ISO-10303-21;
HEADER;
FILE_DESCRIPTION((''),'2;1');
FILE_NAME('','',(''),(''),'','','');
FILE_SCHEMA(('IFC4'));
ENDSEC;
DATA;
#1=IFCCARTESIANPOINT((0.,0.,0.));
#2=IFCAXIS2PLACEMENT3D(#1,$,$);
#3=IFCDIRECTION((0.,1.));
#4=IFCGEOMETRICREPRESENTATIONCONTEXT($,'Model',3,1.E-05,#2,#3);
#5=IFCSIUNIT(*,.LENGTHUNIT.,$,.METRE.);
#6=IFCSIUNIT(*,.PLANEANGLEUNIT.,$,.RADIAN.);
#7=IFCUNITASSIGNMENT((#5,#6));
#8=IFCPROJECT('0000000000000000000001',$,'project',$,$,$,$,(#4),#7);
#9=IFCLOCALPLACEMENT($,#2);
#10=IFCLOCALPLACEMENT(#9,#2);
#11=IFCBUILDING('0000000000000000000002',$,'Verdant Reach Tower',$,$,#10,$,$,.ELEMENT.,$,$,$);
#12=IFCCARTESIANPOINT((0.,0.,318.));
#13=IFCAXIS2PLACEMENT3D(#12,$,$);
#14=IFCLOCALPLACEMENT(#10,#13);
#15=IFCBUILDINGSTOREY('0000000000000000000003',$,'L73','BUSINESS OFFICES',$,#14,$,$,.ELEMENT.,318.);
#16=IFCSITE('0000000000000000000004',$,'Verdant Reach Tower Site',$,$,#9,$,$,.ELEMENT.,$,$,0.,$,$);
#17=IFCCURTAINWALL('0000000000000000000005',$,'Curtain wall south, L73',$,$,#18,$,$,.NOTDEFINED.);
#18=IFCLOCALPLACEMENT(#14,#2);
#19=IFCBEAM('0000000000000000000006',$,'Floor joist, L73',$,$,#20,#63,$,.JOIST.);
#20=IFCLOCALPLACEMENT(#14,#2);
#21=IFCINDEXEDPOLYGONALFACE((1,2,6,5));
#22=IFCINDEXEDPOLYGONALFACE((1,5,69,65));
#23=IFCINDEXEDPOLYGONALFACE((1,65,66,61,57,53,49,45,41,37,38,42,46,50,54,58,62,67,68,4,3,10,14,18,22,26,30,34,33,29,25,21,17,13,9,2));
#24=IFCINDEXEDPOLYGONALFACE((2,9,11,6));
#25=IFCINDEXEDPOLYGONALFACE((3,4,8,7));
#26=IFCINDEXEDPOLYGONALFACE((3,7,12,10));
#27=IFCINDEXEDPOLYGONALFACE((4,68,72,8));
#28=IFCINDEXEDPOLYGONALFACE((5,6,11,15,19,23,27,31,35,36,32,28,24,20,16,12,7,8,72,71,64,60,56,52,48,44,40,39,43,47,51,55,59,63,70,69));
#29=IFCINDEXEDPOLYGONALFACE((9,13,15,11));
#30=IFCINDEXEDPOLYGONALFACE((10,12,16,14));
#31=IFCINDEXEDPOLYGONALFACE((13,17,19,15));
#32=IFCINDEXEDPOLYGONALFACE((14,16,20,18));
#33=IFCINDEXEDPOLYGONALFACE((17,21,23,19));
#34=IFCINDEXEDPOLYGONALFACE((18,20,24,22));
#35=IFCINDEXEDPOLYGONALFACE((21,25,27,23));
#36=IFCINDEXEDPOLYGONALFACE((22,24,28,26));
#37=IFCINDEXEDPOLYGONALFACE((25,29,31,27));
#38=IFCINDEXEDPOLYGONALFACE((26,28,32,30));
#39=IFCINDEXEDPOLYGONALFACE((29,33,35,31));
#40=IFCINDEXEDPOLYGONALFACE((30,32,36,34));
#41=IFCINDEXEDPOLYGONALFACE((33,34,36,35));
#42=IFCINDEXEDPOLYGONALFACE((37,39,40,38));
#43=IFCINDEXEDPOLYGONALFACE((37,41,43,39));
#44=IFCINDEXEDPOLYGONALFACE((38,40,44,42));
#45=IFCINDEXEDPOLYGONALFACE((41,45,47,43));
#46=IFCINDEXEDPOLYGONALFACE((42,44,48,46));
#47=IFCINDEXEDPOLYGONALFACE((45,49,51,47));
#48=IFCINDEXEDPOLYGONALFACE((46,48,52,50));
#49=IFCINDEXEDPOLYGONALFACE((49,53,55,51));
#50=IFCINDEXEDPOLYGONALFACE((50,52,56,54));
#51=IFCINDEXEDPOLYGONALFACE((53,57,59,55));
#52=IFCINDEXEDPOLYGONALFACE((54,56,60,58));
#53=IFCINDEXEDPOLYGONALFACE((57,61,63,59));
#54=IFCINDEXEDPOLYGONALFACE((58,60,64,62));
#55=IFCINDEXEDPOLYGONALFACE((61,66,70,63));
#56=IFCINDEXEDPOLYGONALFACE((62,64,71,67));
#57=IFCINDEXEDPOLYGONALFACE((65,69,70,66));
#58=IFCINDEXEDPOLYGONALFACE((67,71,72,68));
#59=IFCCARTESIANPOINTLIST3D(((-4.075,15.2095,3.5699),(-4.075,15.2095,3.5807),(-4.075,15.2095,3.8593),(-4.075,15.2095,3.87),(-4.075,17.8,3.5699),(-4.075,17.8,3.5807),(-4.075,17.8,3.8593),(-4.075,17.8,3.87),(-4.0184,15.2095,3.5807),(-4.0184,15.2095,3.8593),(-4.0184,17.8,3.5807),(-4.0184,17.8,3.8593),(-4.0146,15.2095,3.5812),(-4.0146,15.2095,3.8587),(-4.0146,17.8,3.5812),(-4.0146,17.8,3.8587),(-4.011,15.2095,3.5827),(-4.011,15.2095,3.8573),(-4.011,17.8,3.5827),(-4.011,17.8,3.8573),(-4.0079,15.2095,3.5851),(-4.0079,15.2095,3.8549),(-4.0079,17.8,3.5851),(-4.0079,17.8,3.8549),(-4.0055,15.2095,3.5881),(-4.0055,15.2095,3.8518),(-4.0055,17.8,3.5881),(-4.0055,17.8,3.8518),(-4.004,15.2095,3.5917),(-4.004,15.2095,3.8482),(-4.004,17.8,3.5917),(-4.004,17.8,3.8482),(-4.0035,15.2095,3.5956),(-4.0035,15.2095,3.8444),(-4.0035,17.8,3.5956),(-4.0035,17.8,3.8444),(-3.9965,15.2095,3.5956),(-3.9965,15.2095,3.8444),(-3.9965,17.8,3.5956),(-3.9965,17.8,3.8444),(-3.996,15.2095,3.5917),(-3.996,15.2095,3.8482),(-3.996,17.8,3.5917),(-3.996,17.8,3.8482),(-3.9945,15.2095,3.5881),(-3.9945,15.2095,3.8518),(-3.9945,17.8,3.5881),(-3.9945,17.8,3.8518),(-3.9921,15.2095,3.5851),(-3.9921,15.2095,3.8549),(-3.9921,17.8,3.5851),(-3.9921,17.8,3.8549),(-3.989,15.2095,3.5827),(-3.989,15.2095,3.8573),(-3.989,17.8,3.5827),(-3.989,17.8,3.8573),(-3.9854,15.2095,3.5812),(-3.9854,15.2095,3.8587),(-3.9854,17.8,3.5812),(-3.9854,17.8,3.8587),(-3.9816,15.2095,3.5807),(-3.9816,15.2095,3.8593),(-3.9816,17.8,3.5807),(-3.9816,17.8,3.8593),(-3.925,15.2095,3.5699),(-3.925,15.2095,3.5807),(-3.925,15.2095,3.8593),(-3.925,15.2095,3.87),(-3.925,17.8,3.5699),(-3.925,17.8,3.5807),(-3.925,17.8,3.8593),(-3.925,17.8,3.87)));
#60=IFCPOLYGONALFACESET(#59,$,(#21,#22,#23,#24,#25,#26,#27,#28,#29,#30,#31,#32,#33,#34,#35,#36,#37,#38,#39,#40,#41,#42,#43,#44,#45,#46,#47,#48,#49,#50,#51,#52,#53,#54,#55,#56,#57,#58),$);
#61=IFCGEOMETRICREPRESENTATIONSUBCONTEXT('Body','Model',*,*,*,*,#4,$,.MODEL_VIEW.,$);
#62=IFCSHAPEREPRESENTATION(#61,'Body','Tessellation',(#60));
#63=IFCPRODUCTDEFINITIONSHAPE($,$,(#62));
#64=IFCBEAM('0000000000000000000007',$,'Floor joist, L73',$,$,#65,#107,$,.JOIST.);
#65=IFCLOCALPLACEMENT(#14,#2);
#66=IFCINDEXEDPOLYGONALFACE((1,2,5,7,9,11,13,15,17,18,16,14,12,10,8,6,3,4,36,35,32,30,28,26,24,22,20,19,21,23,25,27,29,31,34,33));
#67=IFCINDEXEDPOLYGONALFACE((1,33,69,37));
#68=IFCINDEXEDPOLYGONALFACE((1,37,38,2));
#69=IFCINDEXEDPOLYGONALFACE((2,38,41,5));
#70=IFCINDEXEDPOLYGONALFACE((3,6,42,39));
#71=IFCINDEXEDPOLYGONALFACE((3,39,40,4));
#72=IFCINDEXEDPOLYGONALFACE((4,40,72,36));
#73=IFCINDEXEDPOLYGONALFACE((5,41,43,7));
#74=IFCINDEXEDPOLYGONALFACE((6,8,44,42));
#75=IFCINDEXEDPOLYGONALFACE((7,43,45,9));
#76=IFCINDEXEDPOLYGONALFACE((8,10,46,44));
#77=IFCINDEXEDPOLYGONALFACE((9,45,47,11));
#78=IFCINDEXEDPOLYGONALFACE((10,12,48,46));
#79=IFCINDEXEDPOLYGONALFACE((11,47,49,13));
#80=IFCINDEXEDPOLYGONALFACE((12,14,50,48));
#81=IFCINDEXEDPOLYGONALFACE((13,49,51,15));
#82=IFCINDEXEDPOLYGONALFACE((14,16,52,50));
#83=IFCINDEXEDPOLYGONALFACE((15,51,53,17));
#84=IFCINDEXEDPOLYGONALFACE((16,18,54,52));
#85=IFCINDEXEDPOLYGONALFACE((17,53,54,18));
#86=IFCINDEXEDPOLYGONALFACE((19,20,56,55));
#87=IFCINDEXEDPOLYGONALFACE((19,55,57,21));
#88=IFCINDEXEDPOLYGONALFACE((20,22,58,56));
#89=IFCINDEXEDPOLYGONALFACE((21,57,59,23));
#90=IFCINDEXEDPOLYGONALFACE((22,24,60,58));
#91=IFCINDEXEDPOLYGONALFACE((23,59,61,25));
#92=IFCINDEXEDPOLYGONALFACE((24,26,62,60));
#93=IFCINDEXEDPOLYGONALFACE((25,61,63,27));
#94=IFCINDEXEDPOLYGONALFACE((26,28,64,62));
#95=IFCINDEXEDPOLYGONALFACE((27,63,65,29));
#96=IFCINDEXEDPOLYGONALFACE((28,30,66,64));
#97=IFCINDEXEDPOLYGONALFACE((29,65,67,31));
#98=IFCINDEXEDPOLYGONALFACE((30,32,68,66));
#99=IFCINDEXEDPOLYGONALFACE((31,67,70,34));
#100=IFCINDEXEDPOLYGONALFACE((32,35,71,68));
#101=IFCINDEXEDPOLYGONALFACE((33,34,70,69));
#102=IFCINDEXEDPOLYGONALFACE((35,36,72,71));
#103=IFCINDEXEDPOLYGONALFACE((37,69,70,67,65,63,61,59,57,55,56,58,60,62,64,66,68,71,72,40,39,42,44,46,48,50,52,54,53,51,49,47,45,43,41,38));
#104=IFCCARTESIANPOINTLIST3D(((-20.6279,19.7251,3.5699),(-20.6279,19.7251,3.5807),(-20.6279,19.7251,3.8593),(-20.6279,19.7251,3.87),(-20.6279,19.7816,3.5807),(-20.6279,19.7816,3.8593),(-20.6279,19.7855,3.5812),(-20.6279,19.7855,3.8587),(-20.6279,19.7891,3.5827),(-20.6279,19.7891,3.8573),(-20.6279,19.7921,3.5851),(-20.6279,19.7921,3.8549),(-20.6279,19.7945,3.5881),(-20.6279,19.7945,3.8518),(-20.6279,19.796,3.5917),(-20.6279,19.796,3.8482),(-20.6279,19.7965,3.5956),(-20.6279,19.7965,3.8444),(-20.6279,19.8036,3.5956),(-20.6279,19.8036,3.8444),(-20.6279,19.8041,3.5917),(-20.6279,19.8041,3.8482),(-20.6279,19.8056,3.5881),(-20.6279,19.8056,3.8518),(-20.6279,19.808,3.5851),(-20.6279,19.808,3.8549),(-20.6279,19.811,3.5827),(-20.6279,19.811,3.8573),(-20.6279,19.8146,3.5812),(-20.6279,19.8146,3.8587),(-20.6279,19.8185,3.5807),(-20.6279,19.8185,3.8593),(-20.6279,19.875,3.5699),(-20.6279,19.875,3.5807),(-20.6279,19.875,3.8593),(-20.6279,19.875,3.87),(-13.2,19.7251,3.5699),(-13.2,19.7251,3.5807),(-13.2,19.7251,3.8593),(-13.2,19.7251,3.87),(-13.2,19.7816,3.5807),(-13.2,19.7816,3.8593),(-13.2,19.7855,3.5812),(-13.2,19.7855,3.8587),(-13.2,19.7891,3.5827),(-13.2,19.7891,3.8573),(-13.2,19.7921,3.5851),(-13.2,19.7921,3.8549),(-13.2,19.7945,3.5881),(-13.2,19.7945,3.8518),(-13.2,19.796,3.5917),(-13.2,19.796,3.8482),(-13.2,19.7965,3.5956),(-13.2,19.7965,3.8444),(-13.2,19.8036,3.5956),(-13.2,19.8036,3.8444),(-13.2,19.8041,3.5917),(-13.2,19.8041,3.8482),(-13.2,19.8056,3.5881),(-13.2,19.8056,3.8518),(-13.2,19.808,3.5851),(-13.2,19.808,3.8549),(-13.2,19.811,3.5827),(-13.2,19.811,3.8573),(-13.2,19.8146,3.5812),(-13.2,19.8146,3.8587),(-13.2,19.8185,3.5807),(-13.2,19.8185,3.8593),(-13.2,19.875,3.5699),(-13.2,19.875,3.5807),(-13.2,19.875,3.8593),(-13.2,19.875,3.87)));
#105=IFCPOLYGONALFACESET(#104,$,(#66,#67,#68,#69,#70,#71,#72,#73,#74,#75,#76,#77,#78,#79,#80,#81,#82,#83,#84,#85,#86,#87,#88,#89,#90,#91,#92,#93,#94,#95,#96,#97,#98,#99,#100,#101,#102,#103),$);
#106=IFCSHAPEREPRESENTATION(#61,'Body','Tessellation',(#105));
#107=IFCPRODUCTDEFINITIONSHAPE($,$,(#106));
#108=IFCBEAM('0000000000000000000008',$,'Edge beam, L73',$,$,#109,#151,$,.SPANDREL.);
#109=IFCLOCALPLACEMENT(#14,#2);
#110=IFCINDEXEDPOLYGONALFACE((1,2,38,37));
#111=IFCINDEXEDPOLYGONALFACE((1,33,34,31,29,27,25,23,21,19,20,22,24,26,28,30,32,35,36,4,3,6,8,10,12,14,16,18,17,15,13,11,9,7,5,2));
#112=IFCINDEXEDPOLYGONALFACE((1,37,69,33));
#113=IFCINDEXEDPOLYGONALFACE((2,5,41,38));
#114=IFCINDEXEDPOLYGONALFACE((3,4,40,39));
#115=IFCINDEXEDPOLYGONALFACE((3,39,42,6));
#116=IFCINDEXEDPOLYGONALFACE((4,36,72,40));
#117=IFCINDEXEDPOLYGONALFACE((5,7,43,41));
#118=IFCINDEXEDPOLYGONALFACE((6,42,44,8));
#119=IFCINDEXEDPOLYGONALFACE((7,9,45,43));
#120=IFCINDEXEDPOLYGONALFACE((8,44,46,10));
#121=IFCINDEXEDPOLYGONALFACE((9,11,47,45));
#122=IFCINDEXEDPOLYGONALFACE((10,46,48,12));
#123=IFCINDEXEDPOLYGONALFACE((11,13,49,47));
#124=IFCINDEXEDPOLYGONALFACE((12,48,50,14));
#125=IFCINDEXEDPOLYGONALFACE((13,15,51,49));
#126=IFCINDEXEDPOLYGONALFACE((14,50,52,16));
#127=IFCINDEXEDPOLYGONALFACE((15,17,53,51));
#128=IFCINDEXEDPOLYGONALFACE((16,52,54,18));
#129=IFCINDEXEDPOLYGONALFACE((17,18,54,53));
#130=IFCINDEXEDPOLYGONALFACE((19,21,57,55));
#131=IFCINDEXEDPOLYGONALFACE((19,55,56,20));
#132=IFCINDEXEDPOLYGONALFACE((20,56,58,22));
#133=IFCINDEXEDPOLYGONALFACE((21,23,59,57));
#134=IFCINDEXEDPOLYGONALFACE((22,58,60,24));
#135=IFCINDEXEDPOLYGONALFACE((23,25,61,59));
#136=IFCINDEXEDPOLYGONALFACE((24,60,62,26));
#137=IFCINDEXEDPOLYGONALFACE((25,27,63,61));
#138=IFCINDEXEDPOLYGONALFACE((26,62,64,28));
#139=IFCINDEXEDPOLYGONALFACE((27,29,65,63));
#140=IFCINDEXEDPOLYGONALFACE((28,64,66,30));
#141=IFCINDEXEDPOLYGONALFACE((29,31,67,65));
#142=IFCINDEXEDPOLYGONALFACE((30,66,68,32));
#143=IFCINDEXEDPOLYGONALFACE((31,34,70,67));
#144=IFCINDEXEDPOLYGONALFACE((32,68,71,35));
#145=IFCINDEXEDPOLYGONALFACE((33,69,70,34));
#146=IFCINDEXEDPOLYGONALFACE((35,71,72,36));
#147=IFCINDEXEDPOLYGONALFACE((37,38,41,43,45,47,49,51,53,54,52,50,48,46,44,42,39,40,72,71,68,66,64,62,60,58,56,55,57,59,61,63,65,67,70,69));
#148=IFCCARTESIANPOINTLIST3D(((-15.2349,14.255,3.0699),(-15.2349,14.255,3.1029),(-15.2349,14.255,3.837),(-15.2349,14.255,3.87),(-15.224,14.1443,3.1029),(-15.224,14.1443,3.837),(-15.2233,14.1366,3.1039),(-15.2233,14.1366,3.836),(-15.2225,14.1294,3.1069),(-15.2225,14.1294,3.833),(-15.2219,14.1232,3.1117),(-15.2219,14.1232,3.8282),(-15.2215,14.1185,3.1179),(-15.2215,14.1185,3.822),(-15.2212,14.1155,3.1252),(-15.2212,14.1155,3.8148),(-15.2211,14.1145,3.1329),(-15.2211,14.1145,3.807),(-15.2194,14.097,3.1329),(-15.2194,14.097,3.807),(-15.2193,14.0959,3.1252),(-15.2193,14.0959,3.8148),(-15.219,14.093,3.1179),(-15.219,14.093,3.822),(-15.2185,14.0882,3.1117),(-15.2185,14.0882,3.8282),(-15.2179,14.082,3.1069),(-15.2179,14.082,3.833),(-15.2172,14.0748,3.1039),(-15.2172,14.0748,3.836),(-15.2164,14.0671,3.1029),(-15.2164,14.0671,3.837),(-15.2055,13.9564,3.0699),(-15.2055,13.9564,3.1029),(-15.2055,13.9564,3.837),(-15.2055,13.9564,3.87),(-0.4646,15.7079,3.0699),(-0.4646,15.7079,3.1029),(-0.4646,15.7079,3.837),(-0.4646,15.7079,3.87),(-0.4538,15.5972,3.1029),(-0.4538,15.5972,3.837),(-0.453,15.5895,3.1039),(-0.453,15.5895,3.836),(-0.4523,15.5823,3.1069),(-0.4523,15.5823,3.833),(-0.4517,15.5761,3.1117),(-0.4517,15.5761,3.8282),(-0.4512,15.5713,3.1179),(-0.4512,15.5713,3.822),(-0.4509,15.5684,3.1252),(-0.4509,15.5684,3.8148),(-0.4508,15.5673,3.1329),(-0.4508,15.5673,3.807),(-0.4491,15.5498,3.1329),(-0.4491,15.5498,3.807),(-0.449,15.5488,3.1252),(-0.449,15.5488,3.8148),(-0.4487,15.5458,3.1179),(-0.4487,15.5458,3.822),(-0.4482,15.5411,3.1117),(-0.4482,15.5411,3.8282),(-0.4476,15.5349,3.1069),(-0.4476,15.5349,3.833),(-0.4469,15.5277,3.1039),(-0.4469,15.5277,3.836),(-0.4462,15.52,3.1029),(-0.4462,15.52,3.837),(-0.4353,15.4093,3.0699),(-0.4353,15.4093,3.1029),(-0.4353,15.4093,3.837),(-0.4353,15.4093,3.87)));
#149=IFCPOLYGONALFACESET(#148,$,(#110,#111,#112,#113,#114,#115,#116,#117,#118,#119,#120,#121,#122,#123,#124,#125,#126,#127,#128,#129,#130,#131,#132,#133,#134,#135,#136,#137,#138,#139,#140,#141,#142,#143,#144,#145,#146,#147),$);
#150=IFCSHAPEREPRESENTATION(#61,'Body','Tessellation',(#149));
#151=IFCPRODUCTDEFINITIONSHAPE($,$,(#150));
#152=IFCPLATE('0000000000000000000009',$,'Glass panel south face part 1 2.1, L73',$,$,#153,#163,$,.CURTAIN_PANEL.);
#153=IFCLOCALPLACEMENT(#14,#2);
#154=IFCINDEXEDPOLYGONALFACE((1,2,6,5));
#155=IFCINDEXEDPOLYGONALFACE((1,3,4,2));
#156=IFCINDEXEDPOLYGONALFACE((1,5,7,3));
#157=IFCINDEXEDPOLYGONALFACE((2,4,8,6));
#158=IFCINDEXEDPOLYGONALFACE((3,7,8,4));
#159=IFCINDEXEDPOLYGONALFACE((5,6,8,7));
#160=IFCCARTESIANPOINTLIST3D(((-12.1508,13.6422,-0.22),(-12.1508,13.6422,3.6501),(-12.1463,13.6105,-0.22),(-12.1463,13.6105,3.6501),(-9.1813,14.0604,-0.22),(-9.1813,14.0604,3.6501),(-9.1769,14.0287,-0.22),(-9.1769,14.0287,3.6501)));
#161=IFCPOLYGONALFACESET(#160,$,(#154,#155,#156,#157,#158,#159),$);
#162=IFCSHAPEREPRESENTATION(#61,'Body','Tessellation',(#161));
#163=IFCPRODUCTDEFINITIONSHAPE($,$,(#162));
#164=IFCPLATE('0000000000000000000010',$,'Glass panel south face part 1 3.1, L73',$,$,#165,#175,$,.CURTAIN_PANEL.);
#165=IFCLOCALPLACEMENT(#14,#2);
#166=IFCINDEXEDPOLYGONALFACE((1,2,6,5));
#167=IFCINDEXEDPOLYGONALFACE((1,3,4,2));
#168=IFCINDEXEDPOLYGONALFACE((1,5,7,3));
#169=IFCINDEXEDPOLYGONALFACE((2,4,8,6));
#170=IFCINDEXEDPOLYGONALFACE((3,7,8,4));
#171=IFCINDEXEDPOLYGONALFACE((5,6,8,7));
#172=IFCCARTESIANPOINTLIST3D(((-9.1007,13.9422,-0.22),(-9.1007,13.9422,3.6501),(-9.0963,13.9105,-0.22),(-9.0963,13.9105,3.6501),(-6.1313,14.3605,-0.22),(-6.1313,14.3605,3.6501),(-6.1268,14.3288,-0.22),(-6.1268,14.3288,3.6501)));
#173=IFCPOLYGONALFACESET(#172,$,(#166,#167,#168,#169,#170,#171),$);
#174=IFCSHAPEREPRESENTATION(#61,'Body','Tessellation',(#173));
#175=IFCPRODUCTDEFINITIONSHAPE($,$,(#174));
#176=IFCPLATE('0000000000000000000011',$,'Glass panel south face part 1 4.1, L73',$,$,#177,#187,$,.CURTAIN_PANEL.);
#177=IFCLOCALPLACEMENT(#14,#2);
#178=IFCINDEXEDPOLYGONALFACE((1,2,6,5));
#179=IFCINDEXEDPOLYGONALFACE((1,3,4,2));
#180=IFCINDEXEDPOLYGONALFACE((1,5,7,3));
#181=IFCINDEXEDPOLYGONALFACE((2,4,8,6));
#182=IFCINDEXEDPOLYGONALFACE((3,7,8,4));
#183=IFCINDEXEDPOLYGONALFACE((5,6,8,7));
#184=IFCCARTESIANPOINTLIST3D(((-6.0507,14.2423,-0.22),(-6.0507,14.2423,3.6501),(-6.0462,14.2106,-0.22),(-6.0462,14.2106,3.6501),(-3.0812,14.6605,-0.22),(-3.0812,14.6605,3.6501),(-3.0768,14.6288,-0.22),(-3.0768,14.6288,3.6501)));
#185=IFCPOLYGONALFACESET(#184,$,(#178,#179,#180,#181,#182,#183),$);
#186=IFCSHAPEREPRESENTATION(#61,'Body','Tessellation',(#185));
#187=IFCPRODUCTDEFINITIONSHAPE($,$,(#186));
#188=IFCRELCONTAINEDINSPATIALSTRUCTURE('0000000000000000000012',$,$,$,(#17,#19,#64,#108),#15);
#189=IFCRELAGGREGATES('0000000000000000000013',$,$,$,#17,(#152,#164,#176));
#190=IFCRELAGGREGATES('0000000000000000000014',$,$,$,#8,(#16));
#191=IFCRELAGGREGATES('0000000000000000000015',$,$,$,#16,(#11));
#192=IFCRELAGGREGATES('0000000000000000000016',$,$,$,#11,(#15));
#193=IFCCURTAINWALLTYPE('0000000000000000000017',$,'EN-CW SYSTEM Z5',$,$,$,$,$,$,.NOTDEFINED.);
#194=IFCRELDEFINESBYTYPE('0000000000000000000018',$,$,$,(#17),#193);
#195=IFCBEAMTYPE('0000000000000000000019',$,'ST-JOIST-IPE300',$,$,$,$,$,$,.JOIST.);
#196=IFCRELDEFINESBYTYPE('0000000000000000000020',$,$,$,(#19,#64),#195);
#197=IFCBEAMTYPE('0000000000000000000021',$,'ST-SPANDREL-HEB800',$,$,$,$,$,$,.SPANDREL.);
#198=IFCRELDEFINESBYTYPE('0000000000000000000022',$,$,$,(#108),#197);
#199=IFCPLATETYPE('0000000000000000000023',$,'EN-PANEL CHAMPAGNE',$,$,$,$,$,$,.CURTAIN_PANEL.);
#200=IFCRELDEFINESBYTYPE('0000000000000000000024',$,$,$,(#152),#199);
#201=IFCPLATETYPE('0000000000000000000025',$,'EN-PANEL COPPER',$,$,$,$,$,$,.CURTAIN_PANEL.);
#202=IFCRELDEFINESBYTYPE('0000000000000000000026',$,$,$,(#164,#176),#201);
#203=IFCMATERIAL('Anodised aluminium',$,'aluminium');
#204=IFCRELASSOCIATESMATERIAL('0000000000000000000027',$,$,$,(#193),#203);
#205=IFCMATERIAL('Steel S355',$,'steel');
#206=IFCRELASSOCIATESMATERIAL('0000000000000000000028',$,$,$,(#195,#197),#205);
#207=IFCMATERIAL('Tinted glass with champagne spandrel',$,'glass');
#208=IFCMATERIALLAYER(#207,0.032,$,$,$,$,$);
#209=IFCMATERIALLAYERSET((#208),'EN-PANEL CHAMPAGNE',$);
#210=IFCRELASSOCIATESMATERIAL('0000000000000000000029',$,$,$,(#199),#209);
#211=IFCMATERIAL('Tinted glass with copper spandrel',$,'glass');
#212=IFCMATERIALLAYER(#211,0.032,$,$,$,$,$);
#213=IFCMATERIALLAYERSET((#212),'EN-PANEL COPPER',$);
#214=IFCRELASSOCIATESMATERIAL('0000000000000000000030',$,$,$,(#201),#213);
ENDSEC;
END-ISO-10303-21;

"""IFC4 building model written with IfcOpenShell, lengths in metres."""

from ifc_helpers import new_model, si_unit, direction, frame, origin, origin_2d, place, context, subcontext, project, spatial, rectangle, i_section, extrude, material, layer, layer_set, material_profile, profile_set, type_object, element, aggregate, save


model = new_model("IFC4")

# Units and contexts
model_context = context("Model", 3, precision=1e-05, world=origin(), true_north=direction((0.0, 1.0)))
body_context = subcontext(model_context, "Body", "Model", "MODEL_VIEW")
ifc_project = project(units=[si_unit("LENGTHUNIT", "METRE"), si_unit("PLANEANGLEUNIT", "RADIAN")], contexts=[model_context])

# Site, building, storey
site_placement = place(None, origin())
site = spatial("IfcSite", under=ifc_project, at=site_placement, Name="Verdant Reach Tower Site", CompositionType="ELEMENT", RefElevation=0.0)
building_placement = place(site_placement, origin())
building = spatial("IfcBuilding", under=site, at=building_placement, Name="Verdant Reach Tower", CompositionType="ELEMENT")
storey_placement = place(building_placement, frame((0.0, 0.0, 318.0)))
storey = spatial("IfcBuildingStorey", under=building, at=storey_placement, Name="L73", Description="BUSINESS OFFICES", CompositionType="ELEMENT", Elevation=318.0)

# Curtain wall
ifc_material_1 = material(Name="Anodised aluminium", Category="aluminium")
curtain_wall_type = type_object("IfcCurtainWallType", Name="EN-CW SYSTEM Z5", PredefinedType="NOTDEFINED", material=ifc_material_1)
curtain_wall_placement = place(storey_placement, origin())
curtain_wall = element("IfcCurtainWall", 1, at=curtain_wall_placement, inside=storey, type_object=curtain_wall_type, Name="Curtain wall south, L73", PredefinedType="NOTDEFINED")

# Beams
ifc_material_2 = material(Name="Steel S355", Category="steel")
ifc_material_profile_1 = material_profile(ifc_material_2, i_section(OverallWidth=0.1499, OverallDepth=0.3, WebThickness=0.0071, FlangeThickness=0.0107, FilletRadius=0.0149, at=origin_2d()), Name="IPE 300")
ifc_profile_set_1 = profile_set([ifc_material_profile_1], Name="Steel S355")
beam_type_1 = type_object("IfcBeamType", Name="ST-JOIST-IPE300", PredefinedType="JOIST", material=ifc_profile_set_1)
beam_1_placement = place(storey_placement, frame((-4.0, 17.8, 3.72), z_axis=(0.0, -1.0, 0.0), x_axis=(1.0, 0.0, 0.0)))
element("IfcBeam", 2, at=beam_1_placement, inside=storey, type_object=beam_type_1, Name="Floor joist, L73", PredefinedType="JOIST", context=body_context, shape_type="SweptSolid", body=[
    extrude(i_section(OverallWidth=0.1499, OverallDepth=0.3, WebThickness=0.0071, FlangeThickness=0.0107, FilletRadius=0.0149, at=origin_2d()), origin(), (0.0, 0.0, 1.0), 2.5906),
])
beam_2_placement = place(storey_placement, frame((-13.2, 19.8, 3.72), z_axis=(-1.0, 0.0, 0.0), x_axis=(0.0, -1.0, 0.0)))
element("IfcBeam", 3, at=beam_2_placement, inside=storey, type_object=beam_type_1, Name="Floor joist, L73", PredefinedType="JOIST", context=body_context, shape_type="SweptSolid", body=[
    extrude(i_section(OverallWidth=0.1499, OverallDepth=0.3, WebThickness=0.0071, FlangeThickness=0.0107, FilletRadius=0.0149, at=origin_2d()), origin(), (0.0, 0.0, 1.0), 7.428),
])
ifc_material_profile_2 = material_profile(ifc_material_2, i_section(OverallWidth=0.3, OverallDepth=0.8, WebThickness=0.0176, FlangeThickness=0.033, FilletRadius=0.03, at=origin_2d()), Name="HEB 800")
ifc_profile_set_2 = profile_set([ifc_material_profile_2], Name="Steel S355")
beam_type_2 = type_object("IfcBeamType", Name="ST-SPANDREL-HEB800", PredefinedType="SPANDREL", material=ifc_profile_set_2)
beam_3_placement = place(storey_placement, frame((-0.45, 15.5586, 3.47), z_axis=(-0.995197, -0.097893, 0.0), x_axis=(0.097893, -0.995197, 0.0)))
element("IfcBeam", 4, at=beam_3_placement, inside=storey, type_object=beam_type_2, Name="Edge beam, L73", PredefinedType="SPANDREL", context=body_context, shape_type="SweptSolid", body=[
    extrude(i_section(OverallWidth=0.3, OverallDepth=0.8, WebThickness=0.0176, FlangeThickness=0.033, FilletRadius=0.03, at=origin_2d()), origin(), (0.0, 0.0, 1.0), 14.8416),
])

# Plates
ifc_material_3 = material(Name="Tinted glass with champagne spandrel", Category="glass")
ifc_layer_1 = layer(ifc_material_3, 0.032)
ifc_layer_set_1 = layer_set([ifc_layer_1], Name="EN-PANEL CHAMPAGNE")
plate_type_1 = type_object("IfcPlateType", Name="EN-PANEL CHAMPAGNE", PredefinedType="CURTAIN_PANEL", material=ifc_layer_set_1)
plate_1_placement = place(storey_placement, frame((-10.6638, 13.8354, -0.22), z_axis=(0.0, 0.0, 1.0), x_axis=(0.990225, 0.139477, 0.0)))
plate_1 = element("IfcPlate", 5, at=plate_1_placement, type_object=plate_type_1, Name="Glass panel south face part 1 2.1, L73", PredefinedType="CURTAIN_PANEL", context=body_context, shape_type="SweptSolid", body=[
    extrude(rectangle(XDim=2.9988, YDim=0.032, at=origin_2d()), origin(), (0.0, 0.0, 1.0), 3.8701),
])
ifc_material_4 = material(Name="Tinted glass with copper spandrel", Category="glass")
ifc_layer_2 = layer(ifc_material_4, 0.032)
ifc_layer_set_2 = layer_set([ifc_layer_2], Name="EN-PANEL COPPER")
plate_type_2 = type_object("IfcPlateType", Name="EN-PANEL COPPER", PredefinedType="CURTAIN_PANEL", material=ifc_layer_set_2)
plate_2_placement = place(storey_placement, frame((-7.6138, 14.1355, -0.22), z_axis=(0.0, 0.0, 1.0), x_axis=(0.990225, 0.139477, 0.0)))
plate_2 = element("IfcPlate", 6, at=plate_2_placement, type_object=plate_type_2, Name="Glass panel south face part 1 3.1, L73", PredefinedType="CURTAIN_PANEL", context=body_context, shape_type="SweptSolid", body=[
    extrude(rectangle(XDim=2.9988, YDim=0.032, at=origin_2d()), origin(), (0.0, 0.0, 1.0), 3.8701),
])
plate_3_placement = place(storey_placement, frame((-4.5637, 14.4355, -0.22), z_axis=(0.0, 0.0, 1.0), x_axis=(0.990225, 0.139477, 0.0)))
plate_3 = element("IfcPlate", 7, at=plate_3_placement, type_object=plate_type_2, Name="Glass panel south face part 1 4.1, L73", PredefinedType="CURTAIN_PANEL", context=body_context, shape_type="SweptSolid", body=[
    extrude(rectangle(XDim=2.9988, YDim=0.032, at=origin_2d()), origin(), (0.0, 0.0, 1.0), 3.8701),
])
aggregate(curtain_wall, [plate_1, plate_2, plate_3])

save(model, "model.ifc")
